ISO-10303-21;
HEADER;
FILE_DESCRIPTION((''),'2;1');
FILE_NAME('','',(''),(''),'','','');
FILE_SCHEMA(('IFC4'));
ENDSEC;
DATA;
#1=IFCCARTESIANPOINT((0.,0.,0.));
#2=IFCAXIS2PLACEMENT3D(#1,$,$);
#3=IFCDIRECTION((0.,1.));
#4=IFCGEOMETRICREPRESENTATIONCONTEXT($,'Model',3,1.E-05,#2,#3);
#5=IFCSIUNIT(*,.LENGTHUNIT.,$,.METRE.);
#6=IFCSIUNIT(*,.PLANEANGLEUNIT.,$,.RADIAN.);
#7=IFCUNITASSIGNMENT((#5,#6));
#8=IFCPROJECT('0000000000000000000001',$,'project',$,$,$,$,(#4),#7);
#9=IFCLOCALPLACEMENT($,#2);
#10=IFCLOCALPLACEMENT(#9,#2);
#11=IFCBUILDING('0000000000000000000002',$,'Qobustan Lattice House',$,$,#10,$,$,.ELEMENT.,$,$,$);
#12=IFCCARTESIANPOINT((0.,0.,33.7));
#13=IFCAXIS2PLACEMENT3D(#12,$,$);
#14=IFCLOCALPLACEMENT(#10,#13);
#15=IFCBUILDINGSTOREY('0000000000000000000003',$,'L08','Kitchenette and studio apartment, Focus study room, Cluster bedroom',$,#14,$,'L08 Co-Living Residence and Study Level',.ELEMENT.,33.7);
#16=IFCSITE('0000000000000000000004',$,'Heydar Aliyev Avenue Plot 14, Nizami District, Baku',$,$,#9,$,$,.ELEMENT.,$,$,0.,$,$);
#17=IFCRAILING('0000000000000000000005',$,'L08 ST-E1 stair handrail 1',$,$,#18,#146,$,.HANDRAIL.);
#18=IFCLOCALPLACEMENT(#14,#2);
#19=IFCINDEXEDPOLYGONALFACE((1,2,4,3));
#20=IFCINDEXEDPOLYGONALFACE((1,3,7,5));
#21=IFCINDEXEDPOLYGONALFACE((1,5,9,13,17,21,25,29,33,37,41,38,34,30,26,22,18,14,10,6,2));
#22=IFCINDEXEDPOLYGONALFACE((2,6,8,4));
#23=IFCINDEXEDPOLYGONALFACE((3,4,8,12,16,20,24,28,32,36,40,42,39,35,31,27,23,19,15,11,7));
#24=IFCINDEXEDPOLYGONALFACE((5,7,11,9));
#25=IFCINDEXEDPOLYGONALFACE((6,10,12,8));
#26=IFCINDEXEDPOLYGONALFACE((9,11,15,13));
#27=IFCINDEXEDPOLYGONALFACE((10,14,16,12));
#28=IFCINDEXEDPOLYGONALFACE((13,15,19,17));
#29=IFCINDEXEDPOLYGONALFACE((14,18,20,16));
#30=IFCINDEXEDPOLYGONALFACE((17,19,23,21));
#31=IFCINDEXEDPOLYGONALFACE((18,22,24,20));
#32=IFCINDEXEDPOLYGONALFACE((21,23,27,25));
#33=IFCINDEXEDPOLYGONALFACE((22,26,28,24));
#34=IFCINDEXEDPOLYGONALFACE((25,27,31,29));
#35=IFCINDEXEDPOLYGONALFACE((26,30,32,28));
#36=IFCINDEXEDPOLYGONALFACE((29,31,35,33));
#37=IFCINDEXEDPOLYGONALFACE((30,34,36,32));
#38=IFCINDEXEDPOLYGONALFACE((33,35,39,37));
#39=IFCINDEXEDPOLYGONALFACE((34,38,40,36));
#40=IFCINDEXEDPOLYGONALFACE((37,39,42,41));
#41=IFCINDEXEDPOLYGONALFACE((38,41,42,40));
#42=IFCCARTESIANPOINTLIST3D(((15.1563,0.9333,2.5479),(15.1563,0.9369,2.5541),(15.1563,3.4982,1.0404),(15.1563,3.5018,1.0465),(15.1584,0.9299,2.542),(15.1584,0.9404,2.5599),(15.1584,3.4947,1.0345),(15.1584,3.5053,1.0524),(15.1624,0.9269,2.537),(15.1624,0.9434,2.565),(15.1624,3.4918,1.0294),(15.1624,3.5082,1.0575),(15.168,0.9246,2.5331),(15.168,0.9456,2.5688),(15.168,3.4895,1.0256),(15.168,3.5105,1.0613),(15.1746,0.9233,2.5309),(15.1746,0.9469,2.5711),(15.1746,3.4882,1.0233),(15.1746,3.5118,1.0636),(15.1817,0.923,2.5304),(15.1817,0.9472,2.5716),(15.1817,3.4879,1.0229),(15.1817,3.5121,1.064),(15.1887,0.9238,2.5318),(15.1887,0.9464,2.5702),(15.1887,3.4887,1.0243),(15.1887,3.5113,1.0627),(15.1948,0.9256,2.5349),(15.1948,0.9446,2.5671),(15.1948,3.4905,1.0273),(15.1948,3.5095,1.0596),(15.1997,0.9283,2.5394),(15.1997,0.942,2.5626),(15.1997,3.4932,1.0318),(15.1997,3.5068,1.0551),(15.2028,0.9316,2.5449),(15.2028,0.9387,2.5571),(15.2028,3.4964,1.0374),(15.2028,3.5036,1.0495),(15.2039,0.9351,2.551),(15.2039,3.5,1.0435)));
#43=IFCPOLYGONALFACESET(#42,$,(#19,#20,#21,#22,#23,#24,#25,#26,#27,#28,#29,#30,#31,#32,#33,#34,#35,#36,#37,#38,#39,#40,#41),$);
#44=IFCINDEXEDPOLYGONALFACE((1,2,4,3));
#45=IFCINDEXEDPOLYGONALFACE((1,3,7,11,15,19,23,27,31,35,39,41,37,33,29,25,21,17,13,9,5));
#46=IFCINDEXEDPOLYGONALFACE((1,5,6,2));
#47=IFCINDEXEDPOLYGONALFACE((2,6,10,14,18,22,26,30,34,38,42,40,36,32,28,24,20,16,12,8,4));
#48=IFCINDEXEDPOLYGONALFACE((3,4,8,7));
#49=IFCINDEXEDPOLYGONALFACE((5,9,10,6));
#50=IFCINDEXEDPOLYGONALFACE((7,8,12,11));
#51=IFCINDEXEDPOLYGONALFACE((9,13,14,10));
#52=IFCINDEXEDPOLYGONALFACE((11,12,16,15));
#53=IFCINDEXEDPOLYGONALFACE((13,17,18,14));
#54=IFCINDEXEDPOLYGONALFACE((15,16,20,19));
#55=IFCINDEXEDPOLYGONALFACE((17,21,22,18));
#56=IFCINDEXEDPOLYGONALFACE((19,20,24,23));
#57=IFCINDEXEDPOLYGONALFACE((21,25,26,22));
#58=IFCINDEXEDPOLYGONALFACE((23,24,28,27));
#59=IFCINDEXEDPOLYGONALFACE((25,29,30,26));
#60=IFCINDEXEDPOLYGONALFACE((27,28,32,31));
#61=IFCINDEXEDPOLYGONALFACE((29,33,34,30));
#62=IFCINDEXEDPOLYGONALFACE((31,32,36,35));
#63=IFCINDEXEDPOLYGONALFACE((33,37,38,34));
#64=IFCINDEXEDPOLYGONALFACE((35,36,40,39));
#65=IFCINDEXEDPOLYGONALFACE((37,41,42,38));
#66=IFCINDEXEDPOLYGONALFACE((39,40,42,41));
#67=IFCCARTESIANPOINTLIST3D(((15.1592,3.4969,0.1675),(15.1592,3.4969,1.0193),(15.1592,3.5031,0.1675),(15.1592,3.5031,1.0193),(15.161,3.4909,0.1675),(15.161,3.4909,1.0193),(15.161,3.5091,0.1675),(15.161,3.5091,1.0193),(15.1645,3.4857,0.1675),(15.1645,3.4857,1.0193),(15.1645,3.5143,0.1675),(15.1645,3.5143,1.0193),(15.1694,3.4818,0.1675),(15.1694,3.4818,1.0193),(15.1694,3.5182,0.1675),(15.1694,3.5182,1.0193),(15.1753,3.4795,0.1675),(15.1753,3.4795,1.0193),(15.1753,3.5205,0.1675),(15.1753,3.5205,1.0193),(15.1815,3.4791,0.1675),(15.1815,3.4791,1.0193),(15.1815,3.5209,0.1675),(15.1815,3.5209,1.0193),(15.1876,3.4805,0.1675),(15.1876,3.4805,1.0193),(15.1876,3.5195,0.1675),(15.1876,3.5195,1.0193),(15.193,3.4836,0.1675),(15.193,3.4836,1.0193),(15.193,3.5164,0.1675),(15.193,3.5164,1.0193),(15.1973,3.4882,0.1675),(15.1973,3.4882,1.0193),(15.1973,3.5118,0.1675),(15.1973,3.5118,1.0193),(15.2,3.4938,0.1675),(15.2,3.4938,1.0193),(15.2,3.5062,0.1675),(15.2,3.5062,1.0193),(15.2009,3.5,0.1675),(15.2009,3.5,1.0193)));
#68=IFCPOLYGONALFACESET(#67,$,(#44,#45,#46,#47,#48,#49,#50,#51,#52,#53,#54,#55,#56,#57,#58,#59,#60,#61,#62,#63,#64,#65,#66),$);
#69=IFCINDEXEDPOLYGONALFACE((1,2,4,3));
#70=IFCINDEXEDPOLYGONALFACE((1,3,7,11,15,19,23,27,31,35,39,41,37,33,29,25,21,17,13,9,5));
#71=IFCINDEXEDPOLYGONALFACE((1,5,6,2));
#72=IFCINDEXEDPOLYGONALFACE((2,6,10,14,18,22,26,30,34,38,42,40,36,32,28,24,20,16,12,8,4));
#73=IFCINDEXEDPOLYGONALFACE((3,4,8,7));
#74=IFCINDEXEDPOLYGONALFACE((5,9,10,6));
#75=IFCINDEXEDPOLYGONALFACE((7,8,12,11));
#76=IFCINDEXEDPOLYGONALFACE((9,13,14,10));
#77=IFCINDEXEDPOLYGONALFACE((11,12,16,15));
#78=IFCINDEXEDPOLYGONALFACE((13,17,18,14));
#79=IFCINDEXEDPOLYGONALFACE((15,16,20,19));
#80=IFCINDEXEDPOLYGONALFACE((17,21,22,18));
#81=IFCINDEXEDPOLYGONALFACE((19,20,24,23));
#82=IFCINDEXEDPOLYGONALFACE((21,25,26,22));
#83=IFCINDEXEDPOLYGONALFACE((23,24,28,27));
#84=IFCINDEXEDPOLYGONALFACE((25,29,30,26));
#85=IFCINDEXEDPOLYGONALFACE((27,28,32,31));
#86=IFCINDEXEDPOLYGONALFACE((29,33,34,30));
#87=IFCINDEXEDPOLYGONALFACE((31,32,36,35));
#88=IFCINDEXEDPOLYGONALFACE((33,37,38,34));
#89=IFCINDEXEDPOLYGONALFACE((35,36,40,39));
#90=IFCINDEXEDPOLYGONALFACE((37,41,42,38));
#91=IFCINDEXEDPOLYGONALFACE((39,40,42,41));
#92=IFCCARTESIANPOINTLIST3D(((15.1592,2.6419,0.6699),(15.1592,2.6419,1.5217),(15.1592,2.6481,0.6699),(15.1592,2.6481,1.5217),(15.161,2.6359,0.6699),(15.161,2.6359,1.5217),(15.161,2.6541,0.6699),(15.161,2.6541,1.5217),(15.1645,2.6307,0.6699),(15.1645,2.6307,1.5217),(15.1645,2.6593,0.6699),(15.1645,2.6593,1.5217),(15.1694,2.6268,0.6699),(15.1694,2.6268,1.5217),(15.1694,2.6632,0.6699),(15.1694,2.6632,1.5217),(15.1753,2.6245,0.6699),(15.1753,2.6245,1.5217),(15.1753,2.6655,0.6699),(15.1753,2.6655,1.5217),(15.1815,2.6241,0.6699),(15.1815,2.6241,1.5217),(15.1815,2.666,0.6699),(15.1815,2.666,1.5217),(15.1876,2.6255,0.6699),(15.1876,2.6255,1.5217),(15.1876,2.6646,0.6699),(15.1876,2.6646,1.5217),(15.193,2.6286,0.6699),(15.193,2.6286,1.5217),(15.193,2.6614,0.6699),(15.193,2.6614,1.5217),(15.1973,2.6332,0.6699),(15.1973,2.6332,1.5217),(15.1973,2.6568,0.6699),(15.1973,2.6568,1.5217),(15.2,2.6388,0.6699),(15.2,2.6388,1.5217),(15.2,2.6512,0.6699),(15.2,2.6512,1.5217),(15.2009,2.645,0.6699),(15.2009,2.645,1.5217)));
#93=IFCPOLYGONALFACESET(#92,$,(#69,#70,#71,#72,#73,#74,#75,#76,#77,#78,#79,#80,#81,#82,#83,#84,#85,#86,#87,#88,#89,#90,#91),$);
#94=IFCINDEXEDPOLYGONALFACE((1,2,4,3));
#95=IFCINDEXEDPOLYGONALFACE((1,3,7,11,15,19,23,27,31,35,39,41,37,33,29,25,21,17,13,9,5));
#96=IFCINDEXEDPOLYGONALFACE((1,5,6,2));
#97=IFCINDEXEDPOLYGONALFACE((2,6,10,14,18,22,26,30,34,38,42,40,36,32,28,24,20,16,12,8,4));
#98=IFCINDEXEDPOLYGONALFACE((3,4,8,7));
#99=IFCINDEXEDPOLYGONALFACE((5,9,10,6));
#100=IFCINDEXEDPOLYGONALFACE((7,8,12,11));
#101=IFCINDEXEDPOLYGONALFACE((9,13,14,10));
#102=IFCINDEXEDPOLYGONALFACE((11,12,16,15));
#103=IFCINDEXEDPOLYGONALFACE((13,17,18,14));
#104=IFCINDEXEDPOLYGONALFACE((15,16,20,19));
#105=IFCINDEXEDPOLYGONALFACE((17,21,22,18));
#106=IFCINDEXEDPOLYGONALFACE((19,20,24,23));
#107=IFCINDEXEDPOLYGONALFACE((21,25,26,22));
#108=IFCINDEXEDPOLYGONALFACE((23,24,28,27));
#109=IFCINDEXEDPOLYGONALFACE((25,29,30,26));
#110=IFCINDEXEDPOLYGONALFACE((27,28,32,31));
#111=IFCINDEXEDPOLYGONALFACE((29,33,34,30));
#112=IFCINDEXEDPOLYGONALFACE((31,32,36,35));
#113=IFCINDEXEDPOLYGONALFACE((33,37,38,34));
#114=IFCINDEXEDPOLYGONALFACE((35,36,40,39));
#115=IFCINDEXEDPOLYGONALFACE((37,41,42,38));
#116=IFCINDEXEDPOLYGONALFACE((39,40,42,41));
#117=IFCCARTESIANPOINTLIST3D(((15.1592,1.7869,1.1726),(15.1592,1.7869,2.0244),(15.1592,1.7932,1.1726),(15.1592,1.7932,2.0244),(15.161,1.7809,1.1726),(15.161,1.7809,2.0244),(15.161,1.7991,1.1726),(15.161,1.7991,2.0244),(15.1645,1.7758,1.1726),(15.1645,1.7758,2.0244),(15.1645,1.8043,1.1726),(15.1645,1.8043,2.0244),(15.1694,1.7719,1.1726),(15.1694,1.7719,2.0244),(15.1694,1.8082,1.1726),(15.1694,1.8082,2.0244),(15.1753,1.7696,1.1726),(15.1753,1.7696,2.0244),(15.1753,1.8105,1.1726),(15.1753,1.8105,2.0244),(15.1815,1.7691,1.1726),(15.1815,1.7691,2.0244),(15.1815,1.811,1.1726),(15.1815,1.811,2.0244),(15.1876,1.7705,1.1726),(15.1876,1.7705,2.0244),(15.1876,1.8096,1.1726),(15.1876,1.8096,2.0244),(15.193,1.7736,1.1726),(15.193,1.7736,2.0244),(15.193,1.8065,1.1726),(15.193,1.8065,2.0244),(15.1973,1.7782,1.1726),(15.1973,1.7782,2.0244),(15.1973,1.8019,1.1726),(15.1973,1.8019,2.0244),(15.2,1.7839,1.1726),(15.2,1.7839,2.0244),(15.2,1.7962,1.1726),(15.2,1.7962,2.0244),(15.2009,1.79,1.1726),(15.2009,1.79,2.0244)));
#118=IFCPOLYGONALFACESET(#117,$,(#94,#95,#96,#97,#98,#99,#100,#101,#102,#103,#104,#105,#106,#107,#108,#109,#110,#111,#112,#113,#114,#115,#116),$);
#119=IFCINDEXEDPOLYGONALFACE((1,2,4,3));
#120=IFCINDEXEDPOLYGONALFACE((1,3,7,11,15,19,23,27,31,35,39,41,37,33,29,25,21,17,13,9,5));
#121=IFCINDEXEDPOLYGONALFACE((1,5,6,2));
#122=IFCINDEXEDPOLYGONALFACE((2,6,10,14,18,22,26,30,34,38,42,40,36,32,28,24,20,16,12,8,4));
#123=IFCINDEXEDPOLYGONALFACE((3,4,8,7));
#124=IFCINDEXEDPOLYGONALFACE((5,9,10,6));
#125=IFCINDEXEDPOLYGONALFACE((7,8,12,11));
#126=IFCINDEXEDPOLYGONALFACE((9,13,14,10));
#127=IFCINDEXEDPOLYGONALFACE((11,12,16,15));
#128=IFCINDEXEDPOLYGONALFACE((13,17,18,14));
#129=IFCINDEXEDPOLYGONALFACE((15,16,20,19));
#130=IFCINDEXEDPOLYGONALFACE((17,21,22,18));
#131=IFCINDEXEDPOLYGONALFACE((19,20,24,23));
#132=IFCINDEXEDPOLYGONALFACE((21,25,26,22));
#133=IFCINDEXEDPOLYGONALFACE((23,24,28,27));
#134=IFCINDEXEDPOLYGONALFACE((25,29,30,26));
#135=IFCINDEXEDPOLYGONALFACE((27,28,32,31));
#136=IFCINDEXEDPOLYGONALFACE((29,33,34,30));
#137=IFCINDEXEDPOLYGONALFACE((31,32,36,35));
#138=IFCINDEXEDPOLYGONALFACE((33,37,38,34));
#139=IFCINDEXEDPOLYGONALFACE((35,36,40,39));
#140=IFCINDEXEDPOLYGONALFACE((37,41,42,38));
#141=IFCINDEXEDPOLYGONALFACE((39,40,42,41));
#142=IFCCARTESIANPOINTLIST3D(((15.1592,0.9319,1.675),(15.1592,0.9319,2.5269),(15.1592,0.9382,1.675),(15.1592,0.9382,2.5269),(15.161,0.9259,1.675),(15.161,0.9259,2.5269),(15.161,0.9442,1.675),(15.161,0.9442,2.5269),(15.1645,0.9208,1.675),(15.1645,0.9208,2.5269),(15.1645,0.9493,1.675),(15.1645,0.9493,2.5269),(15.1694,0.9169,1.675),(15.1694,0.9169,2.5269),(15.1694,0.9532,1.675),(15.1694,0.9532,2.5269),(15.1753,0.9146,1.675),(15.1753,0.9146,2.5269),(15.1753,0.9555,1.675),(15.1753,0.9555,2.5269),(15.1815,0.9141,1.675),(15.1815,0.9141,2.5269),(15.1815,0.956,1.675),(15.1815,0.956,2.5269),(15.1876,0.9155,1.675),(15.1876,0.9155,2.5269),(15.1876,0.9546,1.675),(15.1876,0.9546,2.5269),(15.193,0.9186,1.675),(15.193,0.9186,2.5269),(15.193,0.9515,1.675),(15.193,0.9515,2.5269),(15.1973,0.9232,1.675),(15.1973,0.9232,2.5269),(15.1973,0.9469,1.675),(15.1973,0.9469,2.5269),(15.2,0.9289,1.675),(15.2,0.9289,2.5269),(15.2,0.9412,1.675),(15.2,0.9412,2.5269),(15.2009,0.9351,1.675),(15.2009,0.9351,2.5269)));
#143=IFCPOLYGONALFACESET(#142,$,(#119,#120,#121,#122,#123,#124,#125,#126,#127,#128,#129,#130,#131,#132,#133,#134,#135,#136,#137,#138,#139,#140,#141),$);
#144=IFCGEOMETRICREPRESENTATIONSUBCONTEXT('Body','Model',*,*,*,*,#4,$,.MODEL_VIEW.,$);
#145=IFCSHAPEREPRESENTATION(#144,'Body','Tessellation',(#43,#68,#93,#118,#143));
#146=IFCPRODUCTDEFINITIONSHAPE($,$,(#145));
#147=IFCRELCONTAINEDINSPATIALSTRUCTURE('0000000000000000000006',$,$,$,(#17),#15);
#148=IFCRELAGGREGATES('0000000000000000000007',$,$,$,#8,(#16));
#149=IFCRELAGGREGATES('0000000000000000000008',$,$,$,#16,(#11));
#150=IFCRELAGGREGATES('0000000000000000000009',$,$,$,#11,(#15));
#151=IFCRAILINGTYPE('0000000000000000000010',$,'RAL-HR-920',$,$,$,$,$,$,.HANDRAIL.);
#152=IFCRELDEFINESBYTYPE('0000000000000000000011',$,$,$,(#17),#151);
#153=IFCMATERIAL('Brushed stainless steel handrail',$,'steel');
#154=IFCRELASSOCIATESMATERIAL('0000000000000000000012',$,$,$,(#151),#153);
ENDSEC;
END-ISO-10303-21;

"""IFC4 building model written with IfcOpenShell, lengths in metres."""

from ifc_helpers import new_model, si_unit, direction, frame, origin, origin_2d, place, context, subcontext, project, spatial, circle, extrude, material, type_object, element, save


model = new_model("IFC4")

# Units and contexts
model_context = context("Model", 3, precision=1e-05, world=origin(), true_north=direction((0.0, 1.0)))
body_context = subcontext(model_context, "Body", "Model", "MODEL_VIEW")
ifc_project = project(units=[si_unit("LENGTHUNIT", "METRE"), si_unit("PLANEANGLEUNIT", "RADIAN")], contexts=[model_context])

# Site, building, storey
site_placement = place(None, origin())
site = spatial("IfcSite", under=ifc_project, at=site_placement, Name="Heydar Aliyev Avenue Plot 14, Nizami District, Baku", CompositionType="ELEMENT", RefElevation=0.0)
building_placement = place(site_placement, origin())
building = spatial("IfcBuilding", under=site, at=building_placement, Name="Qobustan Lattice House", CompositionType="ELEMENT")
storey_placement = place(building_placement, frame((0.0, 0.0, 33.7)))
storey = spatial("IfcBuildingStorey", under=building, at=storey_placement, Name="L08", Description="Kitchenette and studio apartment, Focus study room, Cluster bedroom", LongName="L08 Co-Living Residence and Study Level", CompositionType="ELEMENT", Elevation=33.7)

# Railing
ifc_material_1 = material(Name="Brushed stainless steel handrail", Category="steel")
railing_type_1 = type_object("IfcRailingType", Name="RAL-HR-920", PredefinedType="HANDRAIL", material=ifc_material_1)
railing_1_placement = place(storey_placement, frame((15.1799, 3.5, 0.1675)))
element("IfcRailing", 1, at=railing_1_placement, inside=storey, type_object=railing_type_1, Name="L08 ST-E1 stair handrail 1", PredefinedType="HANDRAIL", context=body_context, shape_type="SweptSolid", body=[
    extrude(circle(Radius=0.0239, at=origin_2d()), frame((0.0, 0.0, 0.876), z_axis=(0.0, -0.862113, 0.506715), x_axis=(1.0, 0.0, 0.0)), (0.0, 0.0, 1.0), 2.9751),
    extrude(circle(Radius=0.021, at=origin_2d()), origin(), (0.0, 0.0, 1.0), 0.8518),
    extrude(circle(Radius=0.021, at=origin_2d()), frame((0.0, -0.855, 0.5024)), (0.0, 0.0, 1.0), 0.8518),
    extrude(circle(Radius=0.021, at=origin_2d()), frame((0.0, -1.71, 1.0051)), (0.0, 0.0, 1.0), 0.8518),
    extrude(circle(Radius=0.021, at=origin_2d()), frame((0.0, -2.5649, 1.5076)), (0.0, 0.0, 1.0), 0.8518),
])

save(model, "model.ifc")
